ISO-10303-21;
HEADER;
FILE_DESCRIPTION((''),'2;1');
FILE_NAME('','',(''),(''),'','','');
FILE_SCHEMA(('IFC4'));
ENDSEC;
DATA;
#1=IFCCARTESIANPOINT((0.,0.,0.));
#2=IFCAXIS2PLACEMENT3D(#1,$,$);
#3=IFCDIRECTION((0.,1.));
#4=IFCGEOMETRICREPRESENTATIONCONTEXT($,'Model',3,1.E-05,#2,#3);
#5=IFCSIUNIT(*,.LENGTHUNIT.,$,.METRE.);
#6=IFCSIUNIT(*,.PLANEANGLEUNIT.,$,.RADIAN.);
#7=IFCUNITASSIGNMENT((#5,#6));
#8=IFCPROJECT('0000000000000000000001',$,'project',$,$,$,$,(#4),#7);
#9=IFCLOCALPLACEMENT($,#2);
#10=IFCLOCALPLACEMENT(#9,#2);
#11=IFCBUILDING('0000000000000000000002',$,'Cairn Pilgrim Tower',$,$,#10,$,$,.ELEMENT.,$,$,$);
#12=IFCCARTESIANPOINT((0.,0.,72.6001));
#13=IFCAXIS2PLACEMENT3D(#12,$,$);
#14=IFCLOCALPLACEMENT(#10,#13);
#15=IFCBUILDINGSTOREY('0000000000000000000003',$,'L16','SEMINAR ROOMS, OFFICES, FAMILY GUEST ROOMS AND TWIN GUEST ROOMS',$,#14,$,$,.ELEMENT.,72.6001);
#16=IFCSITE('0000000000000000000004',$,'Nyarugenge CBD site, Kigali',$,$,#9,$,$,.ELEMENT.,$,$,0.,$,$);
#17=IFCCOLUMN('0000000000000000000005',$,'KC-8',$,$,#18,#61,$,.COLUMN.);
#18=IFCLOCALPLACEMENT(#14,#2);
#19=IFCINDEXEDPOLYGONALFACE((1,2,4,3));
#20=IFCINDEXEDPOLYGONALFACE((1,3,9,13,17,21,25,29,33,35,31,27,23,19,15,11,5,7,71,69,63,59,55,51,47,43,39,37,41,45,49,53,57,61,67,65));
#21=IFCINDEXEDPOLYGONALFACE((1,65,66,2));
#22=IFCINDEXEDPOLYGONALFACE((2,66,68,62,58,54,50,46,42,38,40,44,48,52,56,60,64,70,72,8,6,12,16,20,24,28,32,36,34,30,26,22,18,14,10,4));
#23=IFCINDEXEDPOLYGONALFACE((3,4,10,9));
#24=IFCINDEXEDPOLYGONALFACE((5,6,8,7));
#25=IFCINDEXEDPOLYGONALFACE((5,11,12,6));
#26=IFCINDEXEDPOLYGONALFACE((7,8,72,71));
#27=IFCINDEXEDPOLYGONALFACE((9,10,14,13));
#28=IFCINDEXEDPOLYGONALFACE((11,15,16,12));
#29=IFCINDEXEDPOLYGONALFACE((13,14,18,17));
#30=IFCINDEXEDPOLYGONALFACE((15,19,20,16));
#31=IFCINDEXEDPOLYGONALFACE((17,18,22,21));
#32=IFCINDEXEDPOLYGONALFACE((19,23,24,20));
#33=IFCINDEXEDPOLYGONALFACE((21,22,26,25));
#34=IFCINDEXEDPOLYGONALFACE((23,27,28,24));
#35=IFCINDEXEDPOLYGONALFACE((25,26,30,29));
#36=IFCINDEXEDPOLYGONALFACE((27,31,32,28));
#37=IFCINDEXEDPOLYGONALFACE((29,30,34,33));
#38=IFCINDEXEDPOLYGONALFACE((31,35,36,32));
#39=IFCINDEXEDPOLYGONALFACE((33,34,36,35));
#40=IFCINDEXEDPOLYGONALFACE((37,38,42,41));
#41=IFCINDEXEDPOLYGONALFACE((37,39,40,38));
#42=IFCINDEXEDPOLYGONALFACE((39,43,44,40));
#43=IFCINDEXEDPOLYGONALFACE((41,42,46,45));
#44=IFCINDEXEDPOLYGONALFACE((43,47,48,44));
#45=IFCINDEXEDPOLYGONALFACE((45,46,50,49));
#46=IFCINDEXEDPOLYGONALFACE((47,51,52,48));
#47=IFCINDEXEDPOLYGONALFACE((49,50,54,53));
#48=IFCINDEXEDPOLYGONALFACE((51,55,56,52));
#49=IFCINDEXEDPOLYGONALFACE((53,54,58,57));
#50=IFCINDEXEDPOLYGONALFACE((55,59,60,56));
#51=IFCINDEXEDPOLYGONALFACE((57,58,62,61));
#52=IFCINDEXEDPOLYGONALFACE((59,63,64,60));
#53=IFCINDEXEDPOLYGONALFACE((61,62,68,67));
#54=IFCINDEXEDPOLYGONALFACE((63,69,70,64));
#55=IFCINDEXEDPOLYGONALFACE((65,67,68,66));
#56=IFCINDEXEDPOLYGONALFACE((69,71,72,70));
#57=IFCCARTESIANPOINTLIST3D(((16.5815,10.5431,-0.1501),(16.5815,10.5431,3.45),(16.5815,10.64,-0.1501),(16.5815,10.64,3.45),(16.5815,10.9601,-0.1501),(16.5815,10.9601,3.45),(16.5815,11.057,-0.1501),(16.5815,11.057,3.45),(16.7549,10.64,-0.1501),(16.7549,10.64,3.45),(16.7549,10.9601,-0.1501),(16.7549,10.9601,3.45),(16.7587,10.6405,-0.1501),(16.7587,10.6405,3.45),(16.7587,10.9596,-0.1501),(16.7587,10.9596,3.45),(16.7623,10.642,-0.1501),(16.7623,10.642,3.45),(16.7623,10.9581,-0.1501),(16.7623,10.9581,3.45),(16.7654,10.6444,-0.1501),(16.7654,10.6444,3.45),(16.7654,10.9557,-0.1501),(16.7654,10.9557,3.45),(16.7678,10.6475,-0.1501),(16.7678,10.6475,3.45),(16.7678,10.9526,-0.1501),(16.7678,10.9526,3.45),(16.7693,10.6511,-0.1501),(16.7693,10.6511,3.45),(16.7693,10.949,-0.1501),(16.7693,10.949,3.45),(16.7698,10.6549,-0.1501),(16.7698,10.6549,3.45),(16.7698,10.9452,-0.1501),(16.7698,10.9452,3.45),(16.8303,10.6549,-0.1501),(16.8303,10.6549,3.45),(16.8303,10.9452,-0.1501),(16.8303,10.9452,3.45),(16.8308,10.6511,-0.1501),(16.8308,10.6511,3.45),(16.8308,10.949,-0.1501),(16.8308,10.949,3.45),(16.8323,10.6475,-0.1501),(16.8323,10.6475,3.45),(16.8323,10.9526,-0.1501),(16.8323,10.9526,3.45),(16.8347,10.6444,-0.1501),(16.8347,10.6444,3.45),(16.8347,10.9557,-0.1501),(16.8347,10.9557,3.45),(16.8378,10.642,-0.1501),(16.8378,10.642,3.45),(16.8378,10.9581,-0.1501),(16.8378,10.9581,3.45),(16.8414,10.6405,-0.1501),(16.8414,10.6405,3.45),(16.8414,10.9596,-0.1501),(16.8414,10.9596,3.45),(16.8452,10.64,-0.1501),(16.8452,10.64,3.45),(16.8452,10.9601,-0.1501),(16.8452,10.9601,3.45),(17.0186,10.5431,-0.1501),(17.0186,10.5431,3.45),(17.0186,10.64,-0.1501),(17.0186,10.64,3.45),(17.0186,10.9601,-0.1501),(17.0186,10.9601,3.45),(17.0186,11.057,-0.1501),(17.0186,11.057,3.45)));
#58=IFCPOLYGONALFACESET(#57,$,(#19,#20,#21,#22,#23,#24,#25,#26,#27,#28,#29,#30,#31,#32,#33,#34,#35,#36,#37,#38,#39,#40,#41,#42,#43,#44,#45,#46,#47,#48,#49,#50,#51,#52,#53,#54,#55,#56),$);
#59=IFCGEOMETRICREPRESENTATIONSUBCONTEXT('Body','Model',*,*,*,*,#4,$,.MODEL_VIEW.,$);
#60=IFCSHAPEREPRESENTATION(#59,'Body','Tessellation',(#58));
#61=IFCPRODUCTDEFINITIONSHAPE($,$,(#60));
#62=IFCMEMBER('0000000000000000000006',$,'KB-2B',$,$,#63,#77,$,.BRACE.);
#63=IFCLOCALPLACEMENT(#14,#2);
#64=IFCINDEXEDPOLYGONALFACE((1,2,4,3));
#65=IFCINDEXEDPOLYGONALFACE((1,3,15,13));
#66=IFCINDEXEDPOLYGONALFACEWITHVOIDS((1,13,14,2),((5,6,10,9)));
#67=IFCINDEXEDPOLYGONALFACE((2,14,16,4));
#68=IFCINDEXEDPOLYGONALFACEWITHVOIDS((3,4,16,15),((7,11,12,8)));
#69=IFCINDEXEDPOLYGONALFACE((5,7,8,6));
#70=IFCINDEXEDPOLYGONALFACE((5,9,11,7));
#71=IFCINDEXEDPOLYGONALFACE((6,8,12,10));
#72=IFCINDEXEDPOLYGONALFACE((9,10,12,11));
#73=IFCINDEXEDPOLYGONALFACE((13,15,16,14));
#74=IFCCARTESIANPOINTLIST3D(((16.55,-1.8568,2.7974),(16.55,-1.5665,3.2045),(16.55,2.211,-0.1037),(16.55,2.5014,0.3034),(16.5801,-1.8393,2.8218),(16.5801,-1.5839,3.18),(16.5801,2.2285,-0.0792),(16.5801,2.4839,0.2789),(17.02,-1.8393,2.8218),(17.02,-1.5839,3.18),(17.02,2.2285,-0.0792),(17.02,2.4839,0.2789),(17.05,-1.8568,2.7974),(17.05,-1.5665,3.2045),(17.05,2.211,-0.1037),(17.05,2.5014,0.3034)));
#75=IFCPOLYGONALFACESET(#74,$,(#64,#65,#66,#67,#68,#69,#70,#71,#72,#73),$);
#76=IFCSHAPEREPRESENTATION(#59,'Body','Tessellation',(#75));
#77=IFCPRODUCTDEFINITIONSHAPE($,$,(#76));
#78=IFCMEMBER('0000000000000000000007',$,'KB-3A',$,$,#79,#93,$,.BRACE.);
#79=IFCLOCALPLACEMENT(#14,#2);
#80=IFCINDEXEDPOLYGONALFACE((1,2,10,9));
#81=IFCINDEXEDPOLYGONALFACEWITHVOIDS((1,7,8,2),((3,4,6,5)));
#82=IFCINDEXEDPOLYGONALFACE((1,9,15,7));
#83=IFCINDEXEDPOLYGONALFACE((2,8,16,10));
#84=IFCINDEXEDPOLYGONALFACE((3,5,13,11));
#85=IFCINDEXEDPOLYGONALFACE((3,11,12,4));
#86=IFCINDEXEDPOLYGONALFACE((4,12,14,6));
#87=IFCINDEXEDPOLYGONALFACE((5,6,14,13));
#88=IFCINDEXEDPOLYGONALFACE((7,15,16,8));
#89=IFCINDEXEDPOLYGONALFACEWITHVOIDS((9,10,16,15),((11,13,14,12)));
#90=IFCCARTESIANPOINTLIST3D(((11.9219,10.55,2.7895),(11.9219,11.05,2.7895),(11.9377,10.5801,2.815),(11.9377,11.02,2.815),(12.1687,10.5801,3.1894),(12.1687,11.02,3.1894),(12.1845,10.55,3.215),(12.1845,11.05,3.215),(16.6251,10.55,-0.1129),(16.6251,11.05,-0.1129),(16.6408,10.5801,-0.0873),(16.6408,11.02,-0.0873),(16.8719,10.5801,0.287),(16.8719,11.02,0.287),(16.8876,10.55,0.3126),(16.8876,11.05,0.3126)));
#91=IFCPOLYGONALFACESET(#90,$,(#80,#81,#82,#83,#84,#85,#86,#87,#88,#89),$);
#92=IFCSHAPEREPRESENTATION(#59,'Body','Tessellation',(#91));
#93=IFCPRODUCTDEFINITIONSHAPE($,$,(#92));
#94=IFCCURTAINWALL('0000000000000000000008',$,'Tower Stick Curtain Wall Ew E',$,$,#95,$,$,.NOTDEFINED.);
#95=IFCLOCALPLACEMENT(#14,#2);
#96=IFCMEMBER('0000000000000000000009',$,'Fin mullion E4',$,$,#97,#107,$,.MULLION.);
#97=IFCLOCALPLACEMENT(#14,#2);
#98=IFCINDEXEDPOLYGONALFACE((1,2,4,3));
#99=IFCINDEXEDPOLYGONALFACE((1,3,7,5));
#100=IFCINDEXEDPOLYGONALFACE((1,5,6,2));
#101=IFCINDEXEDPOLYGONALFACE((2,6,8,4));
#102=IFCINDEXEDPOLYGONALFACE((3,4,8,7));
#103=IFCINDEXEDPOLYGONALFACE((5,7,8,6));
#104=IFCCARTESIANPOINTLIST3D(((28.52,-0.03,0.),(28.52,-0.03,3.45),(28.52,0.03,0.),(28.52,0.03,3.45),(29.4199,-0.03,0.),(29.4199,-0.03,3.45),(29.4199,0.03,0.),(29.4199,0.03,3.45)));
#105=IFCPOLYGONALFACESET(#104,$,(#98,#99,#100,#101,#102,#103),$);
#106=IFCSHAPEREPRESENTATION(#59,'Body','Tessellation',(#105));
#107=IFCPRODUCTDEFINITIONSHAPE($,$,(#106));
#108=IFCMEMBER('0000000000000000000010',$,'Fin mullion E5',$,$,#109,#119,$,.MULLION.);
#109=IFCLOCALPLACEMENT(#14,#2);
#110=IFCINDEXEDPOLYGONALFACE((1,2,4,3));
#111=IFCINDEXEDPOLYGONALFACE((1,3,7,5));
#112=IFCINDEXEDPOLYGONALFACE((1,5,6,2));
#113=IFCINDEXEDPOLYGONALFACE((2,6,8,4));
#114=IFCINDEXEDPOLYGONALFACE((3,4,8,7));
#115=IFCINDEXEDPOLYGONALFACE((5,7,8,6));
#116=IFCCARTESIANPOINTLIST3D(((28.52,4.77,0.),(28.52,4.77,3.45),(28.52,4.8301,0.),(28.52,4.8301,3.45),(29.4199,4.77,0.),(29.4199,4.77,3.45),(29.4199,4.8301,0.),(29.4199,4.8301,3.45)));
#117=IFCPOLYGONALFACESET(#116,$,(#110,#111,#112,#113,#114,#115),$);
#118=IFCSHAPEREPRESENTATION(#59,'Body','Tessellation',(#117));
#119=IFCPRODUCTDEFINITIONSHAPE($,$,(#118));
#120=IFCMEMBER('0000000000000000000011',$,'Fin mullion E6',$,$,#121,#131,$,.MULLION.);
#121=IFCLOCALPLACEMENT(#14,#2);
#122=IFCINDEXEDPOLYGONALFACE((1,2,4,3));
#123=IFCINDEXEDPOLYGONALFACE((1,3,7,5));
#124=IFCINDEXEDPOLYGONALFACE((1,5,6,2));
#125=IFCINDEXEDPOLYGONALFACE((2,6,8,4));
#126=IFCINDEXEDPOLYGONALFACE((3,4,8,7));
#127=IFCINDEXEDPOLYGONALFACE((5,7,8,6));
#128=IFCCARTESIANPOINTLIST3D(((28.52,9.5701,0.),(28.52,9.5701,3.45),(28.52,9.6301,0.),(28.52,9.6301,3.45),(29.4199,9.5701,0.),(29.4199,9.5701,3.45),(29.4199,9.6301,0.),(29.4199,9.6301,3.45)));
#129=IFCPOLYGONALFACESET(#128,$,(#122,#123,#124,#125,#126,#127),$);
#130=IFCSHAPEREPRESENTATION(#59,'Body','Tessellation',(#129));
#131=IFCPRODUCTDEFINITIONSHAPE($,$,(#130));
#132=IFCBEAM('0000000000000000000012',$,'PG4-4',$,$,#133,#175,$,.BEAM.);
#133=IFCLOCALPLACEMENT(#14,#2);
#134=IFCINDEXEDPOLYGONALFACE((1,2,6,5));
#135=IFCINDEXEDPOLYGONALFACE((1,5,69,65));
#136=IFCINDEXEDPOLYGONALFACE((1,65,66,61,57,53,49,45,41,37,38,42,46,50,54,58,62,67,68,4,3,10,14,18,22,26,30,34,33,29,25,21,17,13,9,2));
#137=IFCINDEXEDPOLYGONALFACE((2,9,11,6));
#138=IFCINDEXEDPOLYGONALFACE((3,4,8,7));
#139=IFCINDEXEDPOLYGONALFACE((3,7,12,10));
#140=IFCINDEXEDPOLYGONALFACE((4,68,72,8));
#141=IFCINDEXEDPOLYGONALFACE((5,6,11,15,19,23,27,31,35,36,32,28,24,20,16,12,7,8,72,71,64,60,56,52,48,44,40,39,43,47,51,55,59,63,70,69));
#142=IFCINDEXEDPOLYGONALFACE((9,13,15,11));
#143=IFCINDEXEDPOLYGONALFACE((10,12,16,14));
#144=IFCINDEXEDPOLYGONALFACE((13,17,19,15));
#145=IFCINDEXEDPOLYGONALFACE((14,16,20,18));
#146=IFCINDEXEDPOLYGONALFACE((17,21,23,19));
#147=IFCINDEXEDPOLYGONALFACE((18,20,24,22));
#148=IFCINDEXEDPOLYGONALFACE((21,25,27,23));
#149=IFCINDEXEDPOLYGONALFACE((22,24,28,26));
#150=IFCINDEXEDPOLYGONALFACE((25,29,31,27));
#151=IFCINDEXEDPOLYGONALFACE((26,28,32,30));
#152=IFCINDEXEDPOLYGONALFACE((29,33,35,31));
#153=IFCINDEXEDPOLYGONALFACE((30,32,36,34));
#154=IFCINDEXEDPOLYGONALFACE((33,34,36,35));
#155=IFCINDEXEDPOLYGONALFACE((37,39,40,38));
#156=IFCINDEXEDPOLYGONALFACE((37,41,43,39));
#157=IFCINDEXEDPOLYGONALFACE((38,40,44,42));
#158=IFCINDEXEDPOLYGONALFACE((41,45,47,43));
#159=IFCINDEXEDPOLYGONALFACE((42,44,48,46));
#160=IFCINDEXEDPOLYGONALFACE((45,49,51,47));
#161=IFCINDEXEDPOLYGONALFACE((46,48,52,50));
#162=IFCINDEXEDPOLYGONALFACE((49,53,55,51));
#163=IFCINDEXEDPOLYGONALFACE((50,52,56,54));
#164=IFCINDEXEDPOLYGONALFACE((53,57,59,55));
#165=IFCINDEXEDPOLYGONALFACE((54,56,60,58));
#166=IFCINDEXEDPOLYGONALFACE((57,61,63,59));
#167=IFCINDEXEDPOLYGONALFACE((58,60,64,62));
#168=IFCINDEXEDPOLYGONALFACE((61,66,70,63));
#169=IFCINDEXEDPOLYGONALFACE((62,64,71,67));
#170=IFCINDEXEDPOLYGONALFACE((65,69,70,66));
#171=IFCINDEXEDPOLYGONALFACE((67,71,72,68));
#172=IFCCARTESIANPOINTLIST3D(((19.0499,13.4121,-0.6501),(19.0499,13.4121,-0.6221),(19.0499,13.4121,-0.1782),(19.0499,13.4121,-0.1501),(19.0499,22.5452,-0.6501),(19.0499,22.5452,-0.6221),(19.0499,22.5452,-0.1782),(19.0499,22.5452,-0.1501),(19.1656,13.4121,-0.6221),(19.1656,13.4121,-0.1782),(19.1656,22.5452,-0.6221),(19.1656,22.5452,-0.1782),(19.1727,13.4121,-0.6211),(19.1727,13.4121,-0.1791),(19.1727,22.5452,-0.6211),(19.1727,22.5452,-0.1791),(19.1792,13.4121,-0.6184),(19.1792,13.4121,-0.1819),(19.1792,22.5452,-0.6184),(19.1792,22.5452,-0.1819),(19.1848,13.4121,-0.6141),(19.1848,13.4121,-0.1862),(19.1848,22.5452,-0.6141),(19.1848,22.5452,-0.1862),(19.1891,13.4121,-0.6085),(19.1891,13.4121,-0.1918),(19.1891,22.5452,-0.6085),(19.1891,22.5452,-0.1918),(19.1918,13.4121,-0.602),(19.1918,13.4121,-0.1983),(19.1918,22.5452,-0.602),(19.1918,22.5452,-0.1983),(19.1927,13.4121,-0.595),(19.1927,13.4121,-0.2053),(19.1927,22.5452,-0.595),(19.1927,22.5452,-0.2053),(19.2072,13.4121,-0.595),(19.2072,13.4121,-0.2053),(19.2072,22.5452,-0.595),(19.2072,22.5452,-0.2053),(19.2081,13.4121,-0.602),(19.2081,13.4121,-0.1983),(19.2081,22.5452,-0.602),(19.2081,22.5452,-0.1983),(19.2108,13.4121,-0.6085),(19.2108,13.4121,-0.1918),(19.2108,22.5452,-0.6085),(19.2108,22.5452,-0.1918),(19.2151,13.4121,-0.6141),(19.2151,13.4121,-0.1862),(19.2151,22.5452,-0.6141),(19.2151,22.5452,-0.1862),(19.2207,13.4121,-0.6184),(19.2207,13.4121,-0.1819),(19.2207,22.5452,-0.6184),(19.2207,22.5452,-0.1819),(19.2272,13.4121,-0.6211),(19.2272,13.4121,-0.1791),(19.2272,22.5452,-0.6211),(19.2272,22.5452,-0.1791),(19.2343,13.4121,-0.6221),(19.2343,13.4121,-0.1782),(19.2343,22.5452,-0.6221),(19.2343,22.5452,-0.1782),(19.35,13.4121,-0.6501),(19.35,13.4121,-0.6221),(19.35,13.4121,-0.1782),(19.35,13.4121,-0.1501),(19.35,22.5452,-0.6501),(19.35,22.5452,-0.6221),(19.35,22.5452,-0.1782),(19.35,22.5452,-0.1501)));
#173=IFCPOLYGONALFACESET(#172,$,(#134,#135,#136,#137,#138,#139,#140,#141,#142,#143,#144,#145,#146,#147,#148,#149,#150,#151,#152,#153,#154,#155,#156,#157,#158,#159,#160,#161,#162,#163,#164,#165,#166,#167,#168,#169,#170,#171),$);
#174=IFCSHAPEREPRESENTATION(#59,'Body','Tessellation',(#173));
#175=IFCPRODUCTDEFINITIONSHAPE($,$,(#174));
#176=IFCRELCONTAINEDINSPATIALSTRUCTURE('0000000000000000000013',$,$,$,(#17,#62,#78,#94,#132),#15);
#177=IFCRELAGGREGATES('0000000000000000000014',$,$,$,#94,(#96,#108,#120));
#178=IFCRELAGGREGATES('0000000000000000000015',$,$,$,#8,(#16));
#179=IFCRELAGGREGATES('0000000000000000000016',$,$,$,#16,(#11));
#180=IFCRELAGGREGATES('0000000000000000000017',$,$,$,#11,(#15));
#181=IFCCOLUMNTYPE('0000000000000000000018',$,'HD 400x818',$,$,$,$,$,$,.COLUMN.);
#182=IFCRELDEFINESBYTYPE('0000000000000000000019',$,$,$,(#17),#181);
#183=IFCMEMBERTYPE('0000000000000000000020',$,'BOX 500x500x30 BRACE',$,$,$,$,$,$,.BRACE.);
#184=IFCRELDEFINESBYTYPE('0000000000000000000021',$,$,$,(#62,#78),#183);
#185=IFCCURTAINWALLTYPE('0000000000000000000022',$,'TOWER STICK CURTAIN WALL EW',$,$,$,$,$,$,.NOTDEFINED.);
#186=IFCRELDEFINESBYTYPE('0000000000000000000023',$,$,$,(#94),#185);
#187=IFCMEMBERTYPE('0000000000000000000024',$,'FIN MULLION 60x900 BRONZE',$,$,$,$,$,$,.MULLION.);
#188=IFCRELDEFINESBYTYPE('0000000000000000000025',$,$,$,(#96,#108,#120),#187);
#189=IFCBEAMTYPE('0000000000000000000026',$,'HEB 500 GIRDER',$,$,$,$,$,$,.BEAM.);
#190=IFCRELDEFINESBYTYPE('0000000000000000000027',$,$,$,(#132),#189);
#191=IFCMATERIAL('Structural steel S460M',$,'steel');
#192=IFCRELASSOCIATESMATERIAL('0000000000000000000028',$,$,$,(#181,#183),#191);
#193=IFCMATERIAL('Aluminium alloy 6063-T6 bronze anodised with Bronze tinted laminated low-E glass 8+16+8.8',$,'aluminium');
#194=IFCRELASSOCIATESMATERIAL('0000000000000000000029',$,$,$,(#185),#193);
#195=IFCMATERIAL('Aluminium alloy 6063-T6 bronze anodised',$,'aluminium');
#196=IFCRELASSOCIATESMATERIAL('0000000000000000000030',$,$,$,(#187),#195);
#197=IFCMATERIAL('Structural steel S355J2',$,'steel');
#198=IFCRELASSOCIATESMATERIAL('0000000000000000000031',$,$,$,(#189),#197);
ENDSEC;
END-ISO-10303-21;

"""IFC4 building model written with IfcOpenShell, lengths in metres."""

from ifc_helpers import new_model, si_unit, direction, frame, origin, origin_2d, place, context, subcontext, project, spatial, rectangle, hollow_rectangle, i_section, extrude, material, material_profile, profile_set, type_object, element, aggregate, save


model = new_model("IFC4")

# Units and contexts
model_context = context("Model", 3, precision=1e-05, world=origin(), true_north=direction((0.0, 1.0)))
body_context = subcontext(model_context, "Body", "Model", "MODEL_VIEW")
ifc_project = project(units=[si_unit("LENGTHUNIT", "METRE"), si_unit("PLANEANGLEUNIT", "RADIAN")], contexts=[model_context])

# Site, building, storey
site_placement = place(None, origin())
site = spatial("IfcSite", under=ifc_project, at=site_placement, Name="Nyarugenge CBD site, Kigali", CompositionType="ELEMENT", RefElevation=0.0)
building_placement = place(site_placement, origin())
building = spatial("IfcBuilding", under=site, at=building_placement, Name="Cairn Pilgrim Tower", CompositionType="ELEMENT")
storey_placement = place(building_placement, frame((0.0, 0.0, 72.6001)))
storey = spatial("IfcBuildingStorey", under=building, at=storey_placement, Name="L16", Description="SEMINAR ROOMS, OFFICES, FAMILY GUEST ROOMS AND TWIN GUEST ROOMS", CompositionType="ELEMENT", Elevation=72.6001)

# Column
ifc_material_1 = material(Name="Structural steel S460M", Category="steel")
ifc_material_profile_1 = material_profile(ifc_material_1, i_section(OverallWidth=0.437, OverallDepth=0.5139, WebThickness=0.0605, FlangeThickness=0.0969, FilletRadius=0.0149, at=origin_2d()), Name="HD 400x818")
ifc_profile_set_1 = profile_set([ifc_material_profile_1], Name="Structural steel S460M")
column_type_1 = type_object("IfcColumnType", Name="HD 400x818", PredefinedType="COLUMN", material=ifc_profile_set_1)
for number, where, z_axis, x_axis, name in (
    (1, (16.8, 10.8, -0.1501), (0.0, 0.0, 1.0), (1.0, 0.0, 0.0), "KC-8"),
):
    element("IfcColumn", number, at=place(storey_placement, frame(where, z_axis=z_axis, x_axis=x_axis)), inside=storey, type_object=column_type_1, Name=name, PredefinedType="COLUMN", context=body_context, shape_type="SweptSolid", body=[
        extrude(i_section(OverallWidth=0.437, OverallDepth=0.5139, WebThickness=0.0605, FlangeThickness=0.0969, FilletRadius=0.0149, at=origin_2d()), origin(), (0.0, 0.0, 1.0), 3.6001),
    ])

# Members
ifc_material_profile_2 = material_profile(ifc_material_1, hollow_rectangle(XDim=0.5, YDim=0.5, WallThickness=0.03, at=origin_2d()), Name="BOX 500x500x30")
ifc_profile_set_2 = profile_set([ifc_material_profile_2], Name="Structural steel S460M")
member_type_1 = type_object("IfcMemberType", Name="BOX 500x500x30 BRACE", PredefinedType="BRACE", material=ifc_profile_set_2)
member_1_placement = place(storey_placement, frame((16.8, 2.3562, 0.0999), z_axis=(0.0, -0.814159, 0.580642), x_axis=(1.0, 0.0, 0.0)))
element("IfcMember", 2, at=member_1_placement, inside=storey, type_object=member_type_1, Name="KB-2B", PredefinedType="BRACE", context=body_context, shape_type="SweptSolid", body=[
    extrude(hollow_rectangle(XDim=0.5, YDim=0.5, WallThickness=0.03, at=origin_2d()), origin(), (0.0, 0.0, 1.0), 4.9963),
])
member_2_placement = place(storey_placement, frame((16.7563, 10.8, 0.0999), z_axis=(-0.851002, 0.0, 0.525162), x_axis=(0.0, -1.0, 0.0)))
element("IfcMember", 3, at=member_2_placement, inside=storey, type_object=member_type_1, Name="KB-3A", PredefinedType="BRACE", context=body_context, shape_type="SweptSolid", body=[
    extrude(hollow_rectangle(XDim=0.5, YDim=0.5, WallThickness=0.03, at=origin_2d()), origin(), (0.0, 0.0, 1.0), 5.5266),
])

# Curtain wall, members
ifc_material_2 = material(Name="Aluminium alloy 6063-T6 bronze anodised with Bronze tinted laminated low-E glass 8+16+8.8", Category="aluminium")
curtain_wall_type = type_object("IfcCurtainWallType", Name="TOWER STICK CURTAIN WALL EW", PredefinedType="NOTDEFINED", material=ifc_material_2)
curtain_wall_placement = place(storey_placement, origin())
curtain_wall = element("IfcCurtainWall", 4, at=curtain_wall_placement, inside=storey, type_object=curtain_wall_type, Name="Tower Stick Curtain Wall Ew E", PredefinedType="NOTDEFINED")
ifc_material_3 = material(Name="Aluminium alloy 6063-T6 bronze anodised", Category="aluminium")
ifc_material_profile_3 = material_profile(ifc_material_3, rectangle(XDim=0.8999, YDim=0.0601, at=origin_2d()), Name="FIN MULLION 60x900 BRONZE")
ifc_profile_set_3 = profile_set([ifc_material_profile_3], Name="Aluminium alloy 6063-T6 bronze anodised")
member_type_2 = type_object("IfcMemberType", Name="FIN MULLION 60x900 BRONZE", PredefinedType="MULLION", material=ifc_profile_set_3)
member_3_placement = place(storey_placement, frame((28.97, 0.0, 0.0), z_axis=(0.0, 0.0, 1.0), x_axis=(1.0, 0.0, 0.0)))
member_3 = element("IfcMember", 5, at=member_3_placement, type_object=member_type_2, Name="Fin mullion E4", PredefinedType="MULLION", context=body_context, shape_type="SweptSolid", body=[
    extrude(rectangle(XDim=0.8999, YDim=0.0601, at=origin_2d()), origin(), (0.0, 0.0, 1.0), 3.45),
])
member_4_placement = place(storey_placement, frame((28.97, 4.8, 0.0), z_axis=(0.0, 0.0, 1.0), x_axis=(1.0, 0.0, 0.0)))
member_4 = element("IfcMember", 6, at=member_4_placement, type_object=member_type_2, Name="Fin mullion E5", PredefinedType="MULLION", context=body_context, shape_type="SweptSolid", body=[
    extrude(rectangle(XDim=0.8999, YDim=0.0601, at=origin_2d()), origin(), (0.0, 0.0, 1.0), 3.45),
])
member_5_placement = place(storey_placement, frame((28.97, 9.6001, 0.0), z_axis=(0.0, 0.0, 1.0), x_axis=(1.0, 0.0, 0.0)))
member_5 = element("IfcMember", 7, at=member_5_placement, type_object=member_type_2, Name="Fin mullion E6", PredefinedType="MULLION", context=body_context, shape_type="SweptSolid", body=[
    extrude(rectangle(XDim=0.8999, YDim=0.0601, at=origin_2d()), origin(), (0.0, 0.0, 1.0), 3.45),
])

# Beam
ifc_material_4 = material(Name="Structural steel S355J2", Category="steel")
ifc_material_profile_4 = material_profile(ifc_material_4, i_section(OverallWidth=0.3, OverallDepth=0.5, WebThickness=0.0144, FlangeThickness=0.0281, FilletRadius=0.0271, at=origin_2d()), Name="HEB 500")
ifc_profile_set_4 = profile_set([ifc_material_profile_4], Name="Structural steel S355J2")
beam_type_1 = type_object("IfcBeamType", Name="HEB 500 GIRDER", PredefinedType="BEAM", material=ifc_profile_set_4)
beam_1_placement = place(storey_placement, frame((19.2, 13.4121, -0.4001), z_axis=(0.0, 1.0, 0.0), x_axis=(-1.0, 0.0, 0.0)))
element("IfcBeam", 8, at=beam_1_placement, inside=storey, type_object=beam_type_1, Name="PG4-4", PredefinedType="BEAM", context=body_context, shape_type="SweptSolid", body=[
    extrude(i_section(OverallWidth=0.3, OverallDepth=0.5, WebThickness=0.0144, FlangeThickness=0.0281, FilletRadius=0.0271, at=origin_2d()), origin(), (0.0, 0.0, 1.0), 9.1331),
])

aggregate(curtain_wall, [member_3, member_4, member_5])

save(model, "model.ifc")
